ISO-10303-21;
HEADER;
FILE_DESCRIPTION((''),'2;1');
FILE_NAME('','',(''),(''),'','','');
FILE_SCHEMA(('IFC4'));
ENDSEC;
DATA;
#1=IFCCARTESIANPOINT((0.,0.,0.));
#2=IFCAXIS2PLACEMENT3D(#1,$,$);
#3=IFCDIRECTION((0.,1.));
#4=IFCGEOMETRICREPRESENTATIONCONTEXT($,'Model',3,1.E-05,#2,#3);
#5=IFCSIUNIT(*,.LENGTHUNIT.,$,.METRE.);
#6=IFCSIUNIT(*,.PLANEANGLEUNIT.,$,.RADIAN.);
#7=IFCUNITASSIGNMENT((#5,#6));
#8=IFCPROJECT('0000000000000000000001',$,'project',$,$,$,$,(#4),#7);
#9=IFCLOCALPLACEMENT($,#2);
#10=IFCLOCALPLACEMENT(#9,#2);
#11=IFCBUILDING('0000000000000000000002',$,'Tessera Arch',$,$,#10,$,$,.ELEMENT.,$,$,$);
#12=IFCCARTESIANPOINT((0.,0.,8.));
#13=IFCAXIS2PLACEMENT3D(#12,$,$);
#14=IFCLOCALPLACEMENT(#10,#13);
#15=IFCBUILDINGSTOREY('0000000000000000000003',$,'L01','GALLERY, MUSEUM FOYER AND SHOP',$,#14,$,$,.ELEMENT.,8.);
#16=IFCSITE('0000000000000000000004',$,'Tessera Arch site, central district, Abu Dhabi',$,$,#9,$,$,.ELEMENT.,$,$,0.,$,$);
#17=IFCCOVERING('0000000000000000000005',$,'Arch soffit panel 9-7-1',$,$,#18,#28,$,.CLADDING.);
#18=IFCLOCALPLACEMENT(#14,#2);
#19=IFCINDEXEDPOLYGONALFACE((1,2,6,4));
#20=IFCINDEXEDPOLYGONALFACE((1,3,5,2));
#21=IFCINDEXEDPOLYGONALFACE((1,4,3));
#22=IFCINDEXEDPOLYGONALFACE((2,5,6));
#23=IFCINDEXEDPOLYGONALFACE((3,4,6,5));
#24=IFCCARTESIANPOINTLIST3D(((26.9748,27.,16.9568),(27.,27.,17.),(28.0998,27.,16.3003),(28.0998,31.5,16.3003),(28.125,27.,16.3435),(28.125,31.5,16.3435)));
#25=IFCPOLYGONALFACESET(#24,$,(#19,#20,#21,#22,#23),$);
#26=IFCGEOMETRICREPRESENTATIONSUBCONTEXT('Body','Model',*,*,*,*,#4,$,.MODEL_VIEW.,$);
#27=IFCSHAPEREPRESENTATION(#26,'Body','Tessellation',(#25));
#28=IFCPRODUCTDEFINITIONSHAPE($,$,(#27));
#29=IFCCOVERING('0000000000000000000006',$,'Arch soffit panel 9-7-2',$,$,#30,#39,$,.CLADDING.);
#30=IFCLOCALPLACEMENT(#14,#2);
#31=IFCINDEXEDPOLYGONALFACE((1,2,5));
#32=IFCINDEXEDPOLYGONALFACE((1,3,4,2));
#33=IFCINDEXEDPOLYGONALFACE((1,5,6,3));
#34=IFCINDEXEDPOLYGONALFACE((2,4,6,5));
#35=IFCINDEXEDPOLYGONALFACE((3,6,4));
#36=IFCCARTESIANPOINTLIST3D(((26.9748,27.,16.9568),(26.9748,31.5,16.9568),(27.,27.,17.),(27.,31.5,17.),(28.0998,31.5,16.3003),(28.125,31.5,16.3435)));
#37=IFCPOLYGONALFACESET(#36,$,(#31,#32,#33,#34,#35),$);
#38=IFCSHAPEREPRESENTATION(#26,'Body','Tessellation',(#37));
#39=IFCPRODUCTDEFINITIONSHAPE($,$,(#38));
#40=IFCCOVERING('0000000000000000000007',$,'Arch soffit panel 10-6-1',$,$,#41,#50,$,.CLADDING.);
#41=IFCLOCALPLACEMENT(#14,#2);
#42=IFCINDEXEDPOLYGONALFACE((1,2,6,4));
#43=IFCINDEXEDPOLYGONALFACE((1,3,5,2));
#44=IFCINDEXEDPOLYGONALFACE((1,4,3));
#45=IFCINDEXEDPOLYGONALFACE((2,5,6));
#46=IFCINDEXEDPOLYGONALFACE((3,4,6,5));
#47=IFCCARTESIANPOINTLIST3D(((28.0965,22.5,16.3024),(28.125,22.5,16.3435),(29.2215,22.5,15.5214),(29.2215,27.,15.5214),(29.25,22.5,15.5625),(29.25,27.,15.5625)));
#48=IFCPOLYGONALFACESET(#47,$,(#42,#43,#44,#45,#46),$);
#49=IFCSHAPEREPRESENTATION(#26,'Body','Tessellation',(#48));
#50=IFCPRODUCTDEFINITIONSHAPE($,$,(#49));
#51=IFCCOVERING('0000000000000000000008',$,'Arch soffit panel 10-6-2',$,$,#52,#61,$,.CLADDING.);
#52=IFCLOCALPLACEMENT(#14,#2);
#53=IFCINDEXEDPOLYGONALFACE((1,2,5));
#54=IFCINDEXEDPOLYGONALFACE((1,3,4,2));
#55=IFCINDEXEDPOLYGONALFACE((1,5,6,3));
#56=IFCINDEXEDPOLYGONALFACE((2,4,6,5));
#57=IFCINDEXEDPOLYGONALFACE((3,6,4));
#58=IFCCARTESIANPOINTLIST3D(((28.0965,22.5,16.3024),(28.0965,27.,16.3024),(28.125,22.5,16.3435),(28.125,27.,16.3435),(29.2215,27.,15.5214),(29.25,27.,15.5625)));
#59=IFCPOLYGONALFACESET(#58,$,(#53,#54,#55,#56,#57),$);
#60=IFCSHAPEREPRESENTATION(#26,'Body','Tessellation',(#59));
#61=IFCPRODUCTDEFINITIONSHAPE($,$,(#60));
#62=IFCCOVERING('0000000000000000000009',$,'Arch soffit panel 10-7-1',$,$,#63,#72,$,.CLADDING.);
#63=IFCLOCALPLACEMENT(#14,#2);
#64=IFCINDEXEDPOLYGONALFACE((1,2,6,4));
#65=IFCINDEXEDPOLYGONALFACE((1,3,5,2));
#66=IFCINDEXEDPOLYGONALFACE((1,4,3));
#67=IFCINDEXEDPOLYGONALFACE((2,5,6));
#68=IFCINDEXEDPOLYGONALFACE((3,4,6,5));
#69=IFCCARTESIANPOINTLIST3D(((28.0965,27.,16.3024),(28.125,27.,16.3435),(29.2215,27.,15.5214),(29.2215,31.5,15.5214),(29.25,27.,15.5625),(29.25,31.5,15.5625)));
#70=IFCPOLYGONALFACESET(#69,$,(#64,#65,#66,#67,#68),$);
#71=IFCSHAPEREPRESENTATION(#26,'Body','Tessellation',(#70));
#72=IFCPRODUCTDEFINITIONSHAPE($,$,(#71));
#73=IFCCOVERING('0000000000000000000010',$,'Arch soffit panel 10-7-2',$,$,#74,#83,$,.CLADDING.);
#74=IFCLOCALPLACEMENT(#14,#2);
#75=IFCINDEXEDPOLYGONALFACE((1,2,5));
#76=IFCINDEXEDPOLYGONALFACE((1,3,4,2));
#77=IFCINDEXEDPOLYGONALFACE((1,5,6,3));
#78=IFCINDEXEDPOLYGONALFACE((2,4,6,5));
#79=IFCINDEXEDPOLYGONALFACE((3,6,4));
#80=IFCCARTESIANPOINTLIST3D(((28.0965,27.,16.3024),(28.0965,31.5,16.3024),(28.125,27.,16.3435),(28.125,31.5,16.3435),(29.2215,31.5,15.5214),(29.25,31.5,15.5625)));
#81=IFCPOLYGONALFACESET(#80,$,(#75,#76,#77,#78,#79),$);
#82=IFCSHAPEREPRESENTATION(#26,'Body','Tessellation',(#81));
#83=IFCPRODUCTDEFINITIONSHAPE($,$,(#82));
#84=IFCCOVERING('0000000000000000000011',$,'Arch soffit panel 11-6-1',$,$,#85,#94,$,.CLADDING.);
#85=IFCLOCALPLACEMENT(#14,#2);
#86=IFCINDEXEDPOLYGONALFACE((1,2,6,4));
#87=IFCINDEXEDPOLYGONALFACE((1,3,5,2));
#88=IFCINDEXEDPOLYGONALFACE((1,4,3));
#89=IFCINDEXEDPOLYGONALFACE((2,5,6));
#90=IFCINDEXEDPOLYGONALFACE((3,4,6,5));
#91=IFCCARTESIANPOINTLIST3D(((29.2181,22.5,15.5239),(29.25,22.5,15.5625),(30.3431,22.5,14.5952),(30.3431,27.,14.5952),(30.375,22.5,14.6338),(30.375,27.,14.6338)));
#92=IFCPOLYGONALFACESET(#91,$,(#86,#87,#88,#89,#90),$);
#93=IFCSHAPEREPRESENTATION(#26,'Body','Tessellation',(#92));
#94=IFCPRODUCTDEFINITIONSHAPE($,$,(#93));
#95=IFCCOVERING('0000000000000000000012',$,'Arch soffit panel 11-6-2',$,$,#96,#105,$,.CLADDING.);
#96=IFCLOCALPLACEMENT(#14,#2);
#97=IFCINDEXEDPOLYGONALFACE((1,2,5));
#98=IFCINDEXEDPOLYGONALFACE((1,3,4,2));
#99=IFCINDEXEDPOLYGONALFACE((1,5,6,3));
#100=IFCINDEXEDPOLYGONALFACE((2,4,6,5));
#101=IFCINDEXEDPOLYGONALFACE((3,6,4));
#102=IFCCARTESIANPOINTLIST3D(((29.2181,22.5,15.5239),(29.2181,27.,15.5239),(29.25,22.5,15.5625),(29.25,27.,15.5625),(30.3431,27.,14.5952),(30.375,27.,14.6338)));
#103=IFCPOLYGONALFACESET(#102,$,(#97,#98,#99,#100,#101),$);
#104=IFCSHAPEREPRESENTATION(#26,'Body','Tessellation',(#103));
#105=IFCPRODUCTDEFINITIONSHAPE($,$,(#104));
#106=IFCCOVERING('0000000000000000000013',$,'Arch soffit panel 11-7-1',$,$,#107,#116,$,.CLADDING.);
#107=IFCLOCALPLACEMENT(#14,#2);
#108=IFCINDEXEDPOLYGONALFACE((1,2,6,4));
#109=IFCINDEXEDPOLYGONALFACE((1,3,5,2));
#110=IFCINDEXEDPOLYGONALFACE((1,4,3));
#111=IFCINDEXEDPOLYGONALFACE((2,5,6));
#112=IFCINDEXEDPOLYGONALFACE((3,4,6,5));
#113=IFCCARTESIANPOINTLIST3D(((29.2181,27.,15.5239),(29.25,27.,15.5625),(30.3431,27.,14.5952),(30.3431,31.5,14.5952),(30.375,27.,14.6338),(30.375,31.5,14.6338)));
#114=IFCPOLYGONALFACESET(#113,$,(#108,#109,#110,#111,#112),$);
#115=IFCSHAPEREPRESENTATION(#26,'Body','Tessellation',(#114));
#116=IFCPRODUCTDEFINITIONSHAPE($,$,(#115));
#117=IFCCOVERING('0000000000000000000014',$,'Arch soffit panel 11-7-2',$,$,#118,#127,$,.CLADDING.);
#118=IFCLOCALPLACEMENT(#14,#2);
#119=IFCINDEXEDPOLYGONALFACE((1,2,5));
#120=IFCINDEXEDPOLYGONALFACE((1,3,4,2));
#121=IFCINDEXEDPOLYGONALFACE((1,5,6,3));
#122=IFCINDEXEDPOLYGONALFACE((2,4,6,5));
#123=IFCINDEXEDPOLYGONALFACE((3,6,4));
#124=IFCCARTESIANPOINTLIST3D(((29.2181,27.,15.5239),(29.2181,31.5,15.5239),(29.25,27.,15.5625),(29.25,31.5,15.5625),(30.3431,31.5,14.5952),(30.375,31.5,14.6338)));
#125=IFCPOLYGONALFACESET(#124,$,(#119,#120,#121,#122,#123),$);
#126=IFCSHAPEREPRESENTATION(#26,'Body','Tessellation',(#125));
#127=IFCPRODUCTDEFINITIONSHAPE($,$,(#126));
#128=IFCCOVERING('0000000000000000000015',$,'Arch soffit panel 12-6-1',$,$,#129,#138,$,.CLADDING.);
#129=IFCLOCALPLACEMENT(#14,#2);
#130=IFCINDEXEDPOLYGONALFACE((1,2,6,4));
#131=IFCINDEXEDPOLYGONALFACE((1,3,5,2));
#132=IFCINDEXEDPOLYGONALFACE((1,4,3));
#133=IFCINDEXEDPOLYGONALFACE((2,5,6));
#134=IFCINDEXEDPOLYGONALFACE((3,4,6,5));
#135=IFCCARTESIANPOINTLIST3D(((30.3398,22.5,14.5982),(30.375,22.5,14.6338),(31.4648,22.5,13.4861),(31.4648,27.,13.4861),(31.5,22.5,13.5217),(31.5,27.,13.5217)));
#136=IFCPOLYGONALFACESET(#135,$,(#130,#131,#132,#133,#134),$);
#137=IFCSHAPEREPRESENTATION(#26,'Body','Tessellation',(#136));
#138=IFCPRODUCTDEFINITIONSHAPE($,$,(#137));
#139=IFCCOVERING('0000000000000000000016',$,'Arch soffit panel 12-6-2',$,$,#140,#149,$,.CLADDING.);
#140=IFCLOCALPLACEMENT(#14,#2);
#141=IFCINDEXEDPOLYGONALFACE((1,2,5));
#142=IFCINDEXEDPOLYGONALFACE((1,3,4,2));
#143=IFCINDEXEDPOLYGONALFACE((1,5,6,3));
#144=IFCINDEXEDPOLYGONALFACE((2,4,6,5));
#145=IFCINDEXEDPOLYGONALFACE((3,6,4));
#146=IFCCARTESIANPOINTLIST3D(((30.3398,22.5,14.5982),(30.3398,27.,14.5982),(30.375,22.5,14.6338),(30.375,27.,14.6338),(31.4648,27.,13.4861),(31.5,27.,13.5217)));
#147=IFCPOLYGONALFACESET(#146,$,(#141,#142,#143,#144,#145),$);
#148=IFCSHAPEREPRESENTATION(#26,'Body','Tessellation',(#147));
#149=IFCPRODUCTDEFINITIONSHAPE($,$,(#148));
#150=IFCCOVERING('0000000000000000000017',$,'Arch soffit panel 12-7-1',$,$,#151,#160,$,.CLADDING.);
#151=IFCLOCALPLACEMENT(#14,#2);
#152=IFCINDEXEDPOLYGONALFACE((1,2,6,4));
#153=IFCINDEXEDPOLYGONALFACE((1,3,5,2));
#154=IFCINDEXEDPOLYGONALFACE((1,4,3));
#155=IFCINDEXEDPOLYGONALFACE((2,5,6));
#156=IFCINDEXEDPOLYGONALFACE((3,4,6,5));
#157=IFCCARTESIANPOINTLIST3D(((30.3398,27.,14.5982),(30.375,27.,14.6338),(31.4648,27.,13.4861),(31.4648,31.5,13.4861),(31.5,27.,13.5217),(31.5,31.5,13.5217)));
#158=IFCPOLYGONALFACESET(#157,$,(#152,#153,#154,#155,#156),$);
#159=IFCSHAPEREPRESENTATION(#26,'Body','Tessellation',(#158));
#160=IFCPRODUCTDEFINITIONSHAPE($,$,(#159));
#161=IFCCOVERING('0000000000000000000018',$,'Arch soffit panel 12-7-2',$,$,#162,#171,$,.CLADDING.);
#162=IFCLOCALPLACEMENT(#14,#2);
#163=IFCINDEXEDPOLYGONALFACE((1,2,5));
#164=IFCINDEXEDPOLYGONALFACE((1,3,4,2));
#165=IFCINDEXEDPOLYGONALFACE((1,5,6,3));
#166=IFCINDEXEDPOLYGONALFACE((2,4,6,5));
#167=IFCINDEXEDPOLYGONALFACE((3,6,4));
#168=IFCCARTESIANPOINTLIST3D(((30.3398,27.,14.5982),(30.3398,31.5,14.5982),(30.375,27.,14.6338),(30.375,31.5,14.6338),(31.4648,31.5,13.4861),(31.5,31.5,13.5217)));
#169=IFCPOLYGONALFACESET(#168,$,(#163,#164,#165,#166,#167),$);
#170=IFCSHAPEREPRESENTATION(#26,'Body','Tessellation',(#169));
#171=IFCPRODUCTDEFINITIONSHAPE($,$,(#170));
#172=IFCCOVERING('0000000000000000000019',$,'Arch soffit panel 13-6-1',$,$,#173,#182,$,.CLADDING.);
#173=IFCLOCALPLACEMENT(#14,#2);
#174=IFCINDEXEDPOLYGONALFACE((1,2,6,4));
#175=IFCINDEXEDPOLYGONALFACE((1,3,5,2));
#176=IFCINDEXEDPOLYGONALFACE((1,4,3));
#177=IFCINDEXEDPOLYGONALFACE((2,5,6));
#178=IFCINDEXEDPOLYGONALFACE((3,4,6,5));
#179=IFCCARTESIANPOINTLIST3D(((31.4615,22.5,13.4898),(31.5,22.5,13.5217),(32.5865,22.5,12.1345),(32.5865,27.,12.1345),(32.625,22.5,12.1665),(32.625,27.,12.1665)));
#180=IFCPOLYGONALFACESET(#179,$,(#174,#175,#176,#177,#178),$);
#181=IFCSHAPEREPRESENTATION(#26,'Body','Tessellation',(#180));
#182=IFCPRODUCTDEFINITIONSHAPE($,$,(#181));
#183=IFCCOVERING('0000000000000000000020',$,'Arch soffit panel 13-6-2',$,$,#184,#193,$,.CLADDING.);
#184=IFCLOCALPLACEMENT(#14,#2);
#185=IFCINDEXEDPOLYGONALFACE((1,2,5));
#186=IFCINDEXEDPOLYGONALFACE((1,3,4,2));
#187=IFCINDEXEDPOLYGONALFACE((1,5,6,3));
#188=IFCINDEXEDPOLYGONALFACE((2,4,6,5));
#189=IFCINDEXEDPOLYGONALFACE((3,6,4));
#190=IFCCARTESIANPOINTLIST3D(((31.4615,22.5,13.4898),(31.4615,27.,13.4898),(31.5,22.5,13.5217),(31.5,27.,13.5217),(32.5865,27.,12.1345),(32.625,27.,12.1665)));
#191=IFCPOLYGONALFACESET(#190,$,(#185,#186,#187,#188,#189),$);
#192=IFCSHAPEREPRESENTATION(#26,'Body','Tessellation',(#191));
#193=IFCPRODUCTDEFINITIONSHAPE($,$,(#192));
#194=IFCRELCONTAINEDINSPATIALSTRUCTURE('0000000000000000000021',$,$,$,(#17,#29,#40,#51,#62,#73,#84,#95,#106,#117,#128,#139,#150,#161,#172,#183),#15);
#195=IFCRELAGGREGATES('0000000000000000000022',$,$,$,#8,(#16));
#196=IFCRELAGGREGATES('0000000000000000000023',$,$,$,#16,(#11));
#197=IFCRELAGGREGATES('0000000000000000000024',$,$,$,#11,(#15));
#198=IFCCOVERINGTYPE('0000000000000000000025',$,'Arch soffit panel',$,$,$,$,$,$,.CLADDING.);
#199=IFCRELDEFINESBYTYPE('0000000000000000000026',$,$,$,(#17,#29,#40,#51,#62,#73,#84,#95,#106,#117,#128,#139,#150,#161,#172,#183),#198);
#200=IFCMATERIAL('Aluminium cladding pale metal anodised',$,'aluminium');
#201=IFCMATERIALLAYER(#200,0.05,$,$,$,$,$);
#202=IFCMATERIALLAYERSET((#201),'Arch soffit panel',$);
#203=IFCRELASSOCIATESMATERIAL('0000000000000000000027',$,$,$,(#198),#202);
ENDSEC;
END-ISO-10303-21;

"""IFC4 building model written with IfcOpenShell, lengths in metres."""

from ifc_helpers import new_model, si_unit, direction, frame, origin, place, context, subcontext, project, spatial, polyline, outline, extrude, material, layer, layer_set, type_object, element, save


model = new_model("IFC4")

# Units and contexts
model_context = context("Model", 3, precision=1e-05, world=origin(), true_north=direction((0.0, 1.0)))
body_context = subcontext(model_context, "Body", "Model", "MODEL_VIEW")
ifc_project = project(units=[si_unit("LENGTHUNIT", "METRE"), si_unit("PLANEANGLEUNIT", "RADIAN")], contexts=[model_context])

# Site, building, storey
site_placement = place(None, origin())
site = spatial("IfcSite", under=ifc_project, at=site_placement, Name="Tessera Arch site, central district, Abu Dhabi", CompositionType="ELEMENT", RefElevation=0.0)
building_placement = place(site_placement, origin())
building = spatial("IfcBuilding", under=site, at=building_placement, Name="Tessera Arch", CompositionType="ELEMENT")
storey_placement = place(building_placement, frame((0.0, 0.0, 8.0)))
storey = spatial("IfcBuildingStorey", under=building, at=storey_placement, Name="L01", Description="GALLERY, MUSEUM FOYER AND SHOP", CompositionType="ELEMENT", Elevation=8.0)

# Coverings
ifc_material = material(Name="Aluminium cladding pale metal anodised", Category="aluminium")
ifc_layer = layer(ifc_material, 0.05)
ifc_layer_set = layer_set([ifc_layer], Name="Arch soffit panel")
covering_type = type_object("IfcCoveringType", Name="Arch soffit panel", PredefinedType="CLADDING", material=ifc_layer_set)
covering_1_placement = place(storey_placement, frame((27.0, 27.0, 17.0), z_axis=(0.504011, 0.0, 0.863697), x_axis=(0.863697, 0.0, -0.504011)))
element("IfcCovering", 1, at=covering_1_placement, inside=storey, type_object=covering_type, Name="Arch soffit panel 9-7-1", PredefinedType="CLADDING", context=body_context, shape_type="SweptSolid", body=[
    extrude(outline(polyline([(0.0, 0.0), (1.3025, 0.0), (1.3025, 4.5), (0.0, 0.0)])), origin(), (0.0, 0.0, -1.0), 0.05),
])
covering_2_placement = place(storey_placement, frame((27.0, 27.0, 17.0), z_axis=(0.504011, 0.0, 0.863697), x_axis=(0.240142, 0.96057, -0.140135)))
element("IfcCovering", 2, at=covering_2_placement, inside=storey, type_object=covering_type, Name="Arch soffit panel 9-7-2", PredefinedType="CLADDING", context=body_context, shape_type="SweptSolid", body=[
    extrude(outline(polyline([(0.0, 0.0), (4.6847, 0.0), (4.3226, 1.2512), (0.0, 0.0)])), origin(), (0.0, 0.0, -1.0), 0.05),
])
covering_3_placement = place(storey_placement, frame((28.125, 22.5, 16.3435), z_axis=(0.570276, 0.0, 0.821453), x_axis=(0.821453, 0.0, -0.570276)))
element("IfcCovering", 3, at=covering_3_placement, inside=storey, type_object=covering_type, Name="Arch soffit panel 10-6-1", PredefinedType="CLADDING", context=body_context, shape_type="SweptSolid", body=[
    extrude(outline(polyline([(0.0, 0.0), (1.3695, 0.0), (1.3695, 4.5), (0.0, 0.0)])), origin(), (0.0, 0.0, -1.0), 0.05),
])
covering_4_placement = place(storey_placement, frame((28.125, 22.5, 16.3435), z_axis=(0.570276, 0.0, 0.821453), x_axis=(0.239169, 0.956676, -0.166038)))
element("IfcCovering", 4, at=covering_4_placement, inside=storey, type_object=covering_type, Name="Arch soffit panel 10-6-2", PredefinedType="CLADDING", context=body_context, shape_type="SweptSolid", body=[
    extrude(outline(polyline([(0.0, 0.0), (4.7038, 0.0), (4.305, 1.3102), (0.0, 0.0)])), origin(), (0.0, 0.0, -1.0), 0.05),
])
covering_5_placement = place(storey_placement, frame((28.125, 27.0, 16.3435), z_axis=(0.570276, 0.0, 0.821453), x_axis=(0.821453, 0.0, -0.570276)))
element("IfcCovering", 5, at=covering_5_placement, inside=storey, type_object=covering_type, Name="Arch soffit panel 10-7-1", PredefinedType="CLADDING", context=body_context, shape_type="SweptSolid", body=[
    extrude(outline(polyline([(0.0, 0.0), (1.3695, 0.0), (1.3695, 4.5), (0.0, 0.0)])), origin(), (0.0, 0.0, -1.0), 0.05),
])
covering_6_placement = place(storey_placement, frame((28.125, 27.0, 16.3435), z_axis=(0.570276, 0.0, 0.821453), x_axis=(0.239169, 0.956676, -0.166038)))
element("IfcCovering", 6, at=covering_6_placement, inside=storey, type_object=covering_type, Name="Arch soffit panel 10-7-2", PredefinedType="CLADDING", context=body_context, shape_type="SweptSolid", body=[
    extrude(outline(polyline([(0.0, 0.0), (4.7038, 0.0), (4.305, 1.3102), (0.0, 0.0)])), origin(), (0.0, 0.0, -1.0), 0.05),
])
covering_7_placement = place(storey_placement, frame((29.25, 22.5, 15.5625), z_axis=(0.636622, 0.0, 0.771176), x_axis=(0.771176, 0.0, -0.636622)))
element("IfcCovering", 7, at=covering_7_placement, inside=storey, type_object=covering_type, Name="Arch soffit panel 11-6-1", PredefinedType="CLADDING", context=body_context, shape_type="SweptSolid", body=[
    extrude(outline(polyline([(0.0, 0.0), (1.4588, 0.0), (1.4588, 4.5), (0.0, 0.0)])), origin(), (0.0, 0.0, -1.0), 0.05),
])
covering_8_placement = place(storey_placement, frame((29.25, 22.5, 15.5625), z_axis=(0.636622, 0.0, 0.771176), x_axis=(0.237816, 0.951263, -0.196322)))
element("IfcCovering", 8, at=covering_8_placement, inside=storey, type_object=covering_type, Name="Arch soffit panel 11-6-2", PredefinedType="CLADDING", context=body_context, shape_type="SweptSolid", body=[
    extrude(outline(polyline([(0.0, 0.0), (4.7306, 0.0), (4.2807, 1.3877), (0.0, 0.0)])), origin(), (0.0, 0.0, -1.0), 0.05),
])
covering_9_placement = place(storey_placement, frame((29.25, 27.0, 15.5625), z_axis=(0.636622, 0.0, 0.771176), x_axis=(0.771176, 0.0, -0.636622)))
element("IfcCovering", 9, at=covering_9_placement, inside=storey, type_object=covering_type, Name="Arch soffit panel 11-7-1", PredefinedType="CLADDING", context=body_context, shape_type="SweptSolid", body=[
    extrude(outline(polyline([(0.0, 0.0), (1.4588, 0.0), (1.4588, 4.5), (0.0, 0.0)])), origin(), (0.0, 0.0, -1.0), 0.05),
])
covering_10_placement = place(storey_placement, frame((29.25, 27.0, 15.5625), z_axis=(0.636622, 0.0, 0.771176), x_axis=(0.237816, 0.951263, -0.196322)))
element("IfcCovering", 10, at=covering_10_placement, inside=storey, type_object=covering_type, Name="Arch soffit panel 11-7-2", PredefinedType="CLADDING", context=body_context, shape_type="SweptSolid", body=[
    extrude(outline(polyline([(0.0, 0.0), (4.7306, 0.0), (4.2807, 1.3877), (0.0, 0.0)])), origin(), (0.0, 0.0, -1.0), 0.05),
])
covering_11_placement = place(storey_placement, frame((30.375, 22.5, 14.6338), z_axis=(0.703005, 0.0, 0.711185), x_axis=(0.711185, 0.0, -0.703005)))
element("IfcCovering", 11, at=covering_11_placement, inside=storey, type_object=covering_type, Name="Arch soffit panel 12-6-1", PredefinedType="CLADDING", context=body_context, shape_type="SweptSolid", body=[
    extrude(outline(polyline([(0.0, 0.0), (1.5819, 0.0), (1.5819, 4.5), (0.0, 0.0)])), origin(), (0.0, 0.0, -1.0), 0.05),
])
covering_12_placement = place(storey_placement, frame((30.375, 22.5, 14.6338), z_axis=(0.703005, 0.0, 0.711185), x_axis=(0.235852, 0.943409, -0.233139)))
element("IfcCovering", 12, at=covering_12_placement, inside=storey, type_object=covering_type, Name="Arch soffit panel 12-6-2", PredefinedType="CLADDING", context=body_context, shape_type="SweptSolid", body=[
    extrude(outline(polyline([(0.0, 0.0), (4.7699, 0.0), (4.2453, 1.4923), (0.0, 0.0)])), origin(), (0.0, 0.0, -1.0), 0.05),
])
covering_13_placement = place(storey_placement, frame((30.375, 27.0, 14.6338), z_axis=(0.703005, 0.0, 0.711185), x_axis=(0.711185, 0.0, -0.703005)))
element("IfcCovering", 13, at=covering_13_placement, inside=storey, type_object=covering_type, Name="Arch soffit panel 12-7-1", PredefinedType="CLADDING", context=body_context, shape_type="SweptSolid", body=[
    extrude(outline(polyline([(0.0, 0.0), (1.5819, 0.0), (1.5819, 4.5), (0.0, 0.0)])), origin(), (0.0, 0.0, -1.0), 0.05),
])
covering_14_placement = place(storey_placement, frame((30.375, 27.0, 14.6338), z_axis=(0.703005, 0.0, 0.711185), x_axis=(0.235852, 0.943409, -0.233139)))
element("IfcCovering", 14, at=covering_14_placement, inside=storey, type_object=covering_type, Name="Arch soffit panel 12-7-2", PredefinedType="CLADDING", context=body_context, shape_type="SweptSolid", body=[
    extrude(outline(polyline([(0.0, 0.0), (4.7699, 0.0), (4.2453, 1.4923), (0.0, 0.0)])), origin(), (0.0, 0.0, -1.0), 0.05),
])
covering_15_placement = place(storey_placement, frame((31.5, 22.5, 13.5217), z_axis=(0.769436, 0.0, 0.638724), x_axis=(0.638724, 0.0, -0.769436)))
element("IfcCovering", 15, at=covering_15_placement, inside=storey, type_object=covering_type, Name="Arch soffit panel 13-6-1", PredefinedType="CLADDING", context=body_context, shape_type="SweptSolid", body=[
    extrude(outline(polyline([(0.0, 0.0), (1.7613, 0.0), (1.7613, 4.5), (0.0, 0.0)])), origin(), (0.0, 0.0, -1.0), 0.05),
])
covering_16_placement = place(storey_placement, frame((31.5, 22.5, 13.5217), z_axis=(0.769436, 0.0, 0.638724), x_axis=(0.232803, 0.931211, -0.280444)))
element("IfcCovering", 16, at=covering_16_placement, inside=storey, type_object=covering_type, Name="Arch soffit panel 13-6-2", PredefinedType="CLADDING", context=body_context, shape_type="SweptSolid", body=[
    extrude(outline(polyline([(0.0, 0.0), (4.8324, 0.0), (4.1904, 1.6402), (0.0, 0.0)])), origin(), (0.0, 0.0, -1.0), 0.05),
])

save(model, "model.ifc")
